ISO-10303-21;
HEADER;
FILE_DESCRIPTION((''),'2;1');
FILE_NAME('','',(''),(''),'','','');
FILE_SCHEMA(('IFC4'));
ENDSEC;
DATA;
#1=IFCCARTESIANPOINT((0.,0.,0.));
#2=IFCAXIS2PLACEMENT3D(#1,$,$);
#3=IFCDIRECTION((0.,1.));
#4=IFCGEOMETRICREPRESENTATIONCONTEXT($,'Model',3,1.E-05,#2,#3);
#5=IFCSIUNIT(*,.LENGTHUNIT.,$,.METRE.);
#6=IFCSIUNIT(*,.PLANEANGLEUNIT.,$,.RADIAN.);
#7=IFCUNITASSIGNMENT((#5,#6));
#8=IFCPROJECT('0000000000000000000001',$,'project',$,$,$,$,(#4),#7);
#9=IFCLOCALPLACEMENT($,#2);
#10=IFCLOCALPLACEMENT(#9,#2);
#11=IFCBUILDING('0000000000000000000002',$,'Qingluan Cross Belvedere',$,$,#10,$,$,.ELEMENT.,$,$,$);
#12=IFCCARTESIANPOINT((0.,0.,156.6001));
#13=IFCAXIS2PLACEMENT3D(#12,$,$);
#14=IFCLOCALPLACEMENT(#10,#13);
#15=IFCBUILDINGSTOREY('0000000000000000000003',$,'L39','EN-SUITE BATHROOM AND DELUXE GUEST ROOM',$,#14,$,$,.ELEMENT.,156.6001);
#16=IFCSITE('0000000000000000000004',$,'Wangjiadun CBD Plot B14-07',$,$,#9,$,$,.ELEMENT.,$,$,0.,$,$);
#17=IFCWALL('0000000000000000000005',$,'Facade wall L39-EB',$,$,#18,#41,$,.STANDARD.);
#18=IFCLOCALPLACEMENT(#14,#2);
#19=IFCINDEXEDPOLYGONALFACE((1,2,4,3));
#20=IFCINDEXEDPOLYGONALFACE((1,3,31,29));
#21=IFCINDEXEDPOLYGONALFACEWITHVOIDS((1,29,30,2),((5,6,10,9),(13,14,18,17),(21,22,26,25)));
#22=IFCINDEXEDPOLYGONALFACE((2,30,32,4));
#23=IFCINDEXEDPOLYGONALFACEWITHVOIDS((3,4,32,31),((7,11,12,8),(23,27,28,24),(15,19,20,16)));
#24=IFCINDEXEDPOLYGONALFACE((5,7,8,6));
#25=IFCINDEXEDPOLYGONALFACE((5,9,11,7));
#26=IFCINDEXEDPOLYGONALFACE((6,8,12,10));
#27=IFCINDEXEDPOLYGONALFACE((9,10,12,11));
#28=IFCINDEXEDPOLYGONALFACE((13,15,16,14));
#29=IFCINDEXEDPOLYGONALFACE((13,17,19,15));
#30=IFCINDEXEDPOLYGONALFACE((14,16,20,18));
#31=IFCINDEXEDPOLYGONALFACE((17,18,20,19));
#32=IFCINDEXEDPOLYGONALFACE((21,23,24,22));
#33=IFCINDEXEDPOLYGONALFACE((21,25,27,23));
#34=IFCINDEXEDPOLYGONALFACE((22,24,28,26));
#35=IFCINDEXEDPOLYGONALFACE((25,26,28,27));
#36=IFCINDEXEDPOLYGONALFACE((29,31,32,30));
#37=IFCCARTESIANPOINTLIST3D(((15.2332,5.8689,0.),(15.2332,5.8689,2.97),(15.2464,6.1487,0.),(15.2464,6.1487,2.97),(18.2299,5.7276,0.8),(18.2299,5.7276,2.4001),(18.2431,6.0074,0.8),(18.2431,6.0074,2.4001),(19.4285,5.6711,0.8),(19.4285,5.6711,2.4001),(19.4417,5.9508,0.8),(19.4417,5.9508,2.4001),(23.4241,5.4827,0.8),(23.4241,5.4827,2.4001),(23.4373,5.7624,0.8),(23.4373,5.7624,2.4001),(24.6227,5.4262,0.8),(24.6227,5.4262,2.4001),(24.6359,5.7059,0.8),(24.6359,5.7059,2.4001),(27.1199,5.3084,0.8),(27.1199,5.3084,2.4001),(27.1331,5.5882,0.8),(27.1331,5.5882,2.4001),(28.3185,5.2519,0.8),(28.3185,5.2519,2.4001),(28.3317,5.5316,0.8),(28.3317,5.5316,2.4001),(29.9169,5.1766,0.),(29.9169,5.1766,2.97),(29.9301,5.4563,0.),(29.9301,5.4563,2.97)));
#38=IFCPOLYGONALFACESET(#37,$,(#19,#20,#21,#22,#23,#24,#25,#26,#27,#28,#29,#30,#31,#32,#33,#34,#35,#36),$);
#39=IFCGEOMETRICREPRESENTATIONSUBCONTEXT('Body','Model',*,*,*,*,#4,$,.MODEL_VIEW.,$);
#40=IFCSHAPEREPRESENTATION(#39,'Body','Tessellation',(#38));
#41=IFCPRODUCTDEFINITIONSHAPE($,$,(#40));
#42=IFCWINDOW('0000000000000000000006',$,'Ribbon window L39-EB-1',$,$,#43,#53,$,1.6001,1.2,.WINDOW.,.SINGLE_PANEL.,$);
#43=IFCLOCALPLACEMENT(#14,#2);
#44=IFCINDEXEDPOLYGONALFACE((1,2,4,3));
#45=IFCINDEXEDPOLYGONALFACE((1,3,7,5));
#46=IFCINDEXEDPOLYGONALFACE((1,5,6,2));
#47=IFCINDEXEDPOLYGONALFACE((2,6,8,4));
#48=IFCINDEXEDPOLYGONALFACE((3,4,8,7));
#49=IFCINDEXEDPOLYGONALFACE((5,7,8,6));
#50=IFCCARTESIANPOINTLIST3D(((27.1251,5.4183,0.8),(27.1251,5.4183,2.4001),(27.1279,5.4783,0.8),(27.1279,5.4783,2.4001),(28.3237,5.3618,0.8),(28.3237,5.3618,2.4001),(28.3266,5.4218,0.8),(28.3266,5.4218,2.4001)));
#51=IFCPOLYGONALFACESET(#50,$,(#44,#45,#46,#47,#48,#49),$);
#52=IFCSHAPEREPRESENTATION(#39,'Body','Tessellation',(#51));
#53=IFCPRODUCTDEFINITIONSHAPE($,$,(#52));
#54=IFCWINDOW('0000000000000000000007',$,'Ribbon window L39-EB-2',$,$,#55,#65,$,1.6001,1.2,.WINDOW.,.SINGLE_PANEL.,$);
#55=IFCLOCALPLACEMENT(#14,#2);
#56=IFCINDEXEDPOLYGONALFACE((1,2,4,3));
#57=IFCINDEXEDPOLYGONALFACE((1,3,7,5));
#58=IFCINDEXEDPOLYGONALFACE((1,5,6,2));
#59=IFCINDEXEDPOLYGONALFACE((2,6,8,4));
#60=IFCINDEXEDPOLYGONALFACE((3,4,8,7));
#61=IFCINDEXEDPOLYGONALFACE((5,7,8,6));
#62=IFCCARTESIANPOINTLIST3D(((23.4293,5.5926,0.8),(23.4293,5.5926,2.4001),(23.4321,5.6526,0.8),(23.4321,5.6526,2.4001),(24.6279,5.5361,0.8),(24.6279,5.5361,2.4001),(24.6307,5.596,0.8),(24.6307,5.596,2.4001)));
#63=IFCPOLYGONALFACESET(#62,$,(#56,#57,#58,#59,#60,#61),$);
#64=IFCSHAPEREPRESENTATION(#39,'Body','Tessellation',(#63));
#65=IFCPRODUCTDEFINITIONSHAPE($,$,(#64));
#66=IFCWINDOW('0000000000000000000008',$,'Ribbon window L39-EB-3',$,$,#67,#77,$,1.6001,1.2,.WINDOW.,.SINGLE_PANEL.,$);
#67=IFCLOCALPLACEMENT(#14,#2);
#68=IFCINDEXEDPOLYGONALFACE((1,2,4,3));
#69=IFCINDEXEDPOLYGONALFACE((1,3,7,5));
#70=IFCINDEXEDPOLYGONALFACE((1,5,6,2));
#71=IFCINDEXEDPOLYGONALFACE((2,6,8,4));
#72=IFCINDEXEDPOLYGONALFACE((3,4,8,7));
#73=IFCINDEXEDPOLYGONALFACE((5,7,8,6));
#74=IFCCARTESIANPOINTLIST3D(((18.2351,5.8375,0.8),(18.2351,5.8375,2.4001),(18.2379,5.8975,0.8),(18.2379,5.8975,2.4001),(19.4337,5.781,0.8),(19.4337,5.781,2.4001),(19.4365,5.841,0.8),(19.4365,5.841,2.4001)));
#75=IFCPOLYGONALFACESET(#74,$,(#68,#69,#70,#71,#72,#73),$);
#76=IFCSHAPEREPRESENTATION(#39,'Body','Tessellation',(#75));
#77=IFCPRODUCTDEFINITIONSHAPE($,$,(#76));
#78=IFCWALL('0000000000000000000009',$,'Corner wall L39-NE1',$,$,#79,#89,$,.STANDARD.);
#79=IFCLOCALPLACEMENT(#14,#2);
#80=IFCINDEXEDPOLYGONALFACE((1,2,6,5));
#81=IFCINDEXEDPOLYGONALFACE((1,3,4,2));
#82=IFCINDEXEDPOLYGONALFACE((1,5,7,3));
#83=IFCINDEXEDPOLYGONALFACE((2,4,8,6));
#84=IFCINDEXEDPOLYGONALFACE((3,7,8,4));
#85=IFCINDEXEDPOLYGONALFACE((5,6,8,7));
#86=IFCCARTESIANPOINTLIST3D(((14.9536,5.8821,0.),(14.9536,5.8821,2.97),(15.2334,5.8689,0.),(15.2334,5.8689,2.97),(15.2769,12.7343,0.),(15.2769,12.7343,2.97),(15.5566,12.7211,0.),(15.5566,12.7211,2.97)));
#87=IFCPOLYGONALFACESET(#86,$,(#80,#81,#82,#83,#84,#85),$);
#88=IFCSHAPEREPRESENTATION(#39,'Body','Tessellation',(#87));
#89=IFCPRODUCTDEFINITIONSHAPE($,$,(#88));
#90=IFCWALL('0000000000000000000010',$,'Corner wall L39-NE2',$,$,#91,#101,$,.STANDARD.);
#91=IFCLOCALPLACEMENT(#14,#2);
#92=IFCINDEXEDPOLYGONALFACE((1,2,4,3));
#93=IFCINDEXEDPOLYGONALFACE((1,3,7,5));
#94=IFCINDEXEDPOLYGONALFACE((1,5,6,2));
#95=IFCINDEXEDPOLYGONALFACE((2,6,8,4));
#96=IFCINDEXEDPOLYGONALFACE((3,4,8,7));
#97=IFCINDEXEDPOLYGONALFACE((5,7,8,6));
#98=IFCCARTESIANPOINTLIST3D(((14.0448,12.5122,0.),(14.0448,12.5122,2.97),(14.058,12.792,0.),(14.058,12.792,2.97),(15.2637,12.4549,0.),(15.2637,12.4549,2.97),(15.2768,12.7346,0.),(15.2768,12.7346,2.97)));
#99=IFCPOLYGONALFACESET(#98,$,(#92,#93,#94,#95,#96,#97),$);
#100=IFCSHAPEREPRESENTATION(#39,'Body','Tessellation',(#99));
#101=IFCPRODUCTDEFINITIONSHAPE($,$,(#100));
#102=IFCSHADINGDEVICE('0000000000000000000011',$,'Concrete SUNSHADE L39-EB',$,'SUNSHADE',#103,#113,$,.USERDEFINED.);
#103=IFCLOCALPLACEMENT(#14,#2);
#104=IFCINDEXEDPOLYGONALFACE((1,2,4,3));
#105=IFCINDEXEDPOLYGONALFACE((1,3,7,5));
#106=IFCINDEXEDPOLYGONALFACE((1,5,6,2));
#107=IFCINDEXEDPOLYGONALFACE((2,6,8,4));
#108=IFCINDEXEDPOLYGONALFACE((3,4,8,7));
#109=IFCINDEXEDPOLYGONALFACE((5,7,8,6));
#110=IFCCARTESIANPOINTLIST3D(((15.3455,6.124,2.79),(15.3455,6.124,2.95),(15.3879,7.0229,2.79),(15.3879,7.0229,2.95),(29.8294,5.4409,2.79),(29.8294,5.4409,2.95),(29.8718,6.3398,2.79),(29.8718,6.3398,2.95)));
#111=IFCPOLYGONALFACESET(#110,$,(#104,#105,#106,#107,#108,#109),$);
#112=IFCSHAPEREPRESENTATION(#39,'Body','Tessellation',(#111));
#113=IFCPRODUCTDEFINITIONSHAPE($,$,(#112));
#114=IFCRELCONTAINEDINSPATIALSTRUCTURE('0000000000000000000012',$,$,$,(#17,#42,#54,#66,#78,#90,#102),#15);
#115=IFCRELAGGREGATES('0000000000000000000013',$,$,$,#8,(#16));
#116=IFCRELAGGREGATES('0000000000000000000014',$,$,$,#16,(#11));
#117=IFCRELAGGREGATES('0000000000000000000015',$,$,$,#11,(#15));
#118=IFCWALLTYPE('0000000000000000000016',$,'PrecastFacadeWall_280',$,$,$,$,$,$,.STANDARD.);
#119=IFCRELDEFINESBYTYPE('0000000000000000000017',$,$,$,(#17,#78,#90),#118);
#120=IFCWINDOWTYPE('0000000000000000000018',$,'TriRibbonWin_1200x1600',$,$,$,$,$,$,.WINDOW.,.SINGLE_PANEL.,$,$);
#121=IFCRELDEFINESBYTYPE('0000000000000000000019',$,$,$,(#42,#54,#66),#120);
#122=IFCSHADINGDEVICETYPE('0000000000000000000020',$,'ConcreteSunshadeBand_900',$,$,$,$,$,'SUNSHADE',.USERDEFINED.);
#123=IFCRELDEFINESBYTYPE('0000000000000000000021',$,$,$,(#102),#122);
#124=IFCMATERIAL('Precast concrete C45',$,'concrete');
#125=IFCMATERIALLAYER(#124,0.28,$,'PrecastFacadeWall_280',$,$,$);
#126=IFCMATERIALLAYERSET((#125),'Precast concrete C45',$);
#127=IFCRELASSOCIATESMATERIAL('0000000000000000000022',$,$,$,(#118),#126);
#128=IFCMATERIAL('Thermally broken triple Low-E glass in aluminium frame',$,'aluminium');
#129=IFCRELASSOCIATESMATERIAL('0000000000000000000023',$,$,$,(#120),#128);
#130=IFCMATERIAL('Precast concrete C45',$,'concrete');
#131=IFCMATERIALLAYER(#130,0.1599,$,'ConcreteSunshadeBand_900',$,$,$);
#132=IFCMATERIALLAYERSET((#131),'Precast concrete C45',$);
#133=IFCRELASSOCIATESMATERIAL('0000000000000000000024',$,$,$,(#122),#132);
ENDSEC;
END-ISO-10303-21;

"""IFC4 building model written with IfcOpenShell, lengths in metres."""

from ifc_helpers import new_model, si_unit, direction, frame, frame_2d, origin, origin_2d, place, context, subcontext, project, spatial, rectangle, extrude, material, layer, layer_set, type_object, element, fill, save


model = new_model("IFC4")

# Units and contexts
model_context = context("Model", 3, precision=1e-05, world=origin(), true_north=direction((0.0, 1.0)))
body_context = subcontext(model_context, "Body", "Model", "MODEL_VIEW")
ifc_project = project(units=[si_unit("LENGTHUNIT", "METRE"), si_unit("PLANEANGLEUNIT", "RADIAN")], contexts=[model_context])

# Site, building, storey
site_placement = place(None, origin())
site = spatial("IfcSite", under=ifc_project, at=site_placement, Name="Wangjiadun CBD Plot B14-07", CompositionType="ELEMENT", RefElevation=0.0)
building_placement = place(site_placement, origin())
building = spatial("IfcBuilding", under=site, at=building_placement, Name="Qingluan Cross Belvedere", CompositionType="ELEMENT")
storey_placement = place(building_placement, frame((0.0, 0.0, 156.6001)))
storey = spatial("IfcBuildingStorey", under=building, at=storey_placement, Name="L39", Description="EN-SUITE BATHROOM AND DELUXE GUEST ROOM", CompositionType="ELEMENT", Elevation=156.6001)

# Wall, openings, windows
ifc_material_1 = material(Name="Precast concrete C45", Category="concrete")
ifc_layer_1 = layer(ifc_material_1, 0.28, Name="PrecastFacadeWall_280")
ifc_layer_set_1 = layer_set([ifc_layer_1], Name="Precast concrete C45")
wall_type_1 = type_object("IfcWallType", Name="PrecastFacadeWall_280", PredefinedType="STANDARD", material=ifc_layer_set_1)
wall_1_placement = place(storey_placement, frame((29.9236, 5.3164, 0.0), z_axis=(0.0, 0.0, 1.0), x_axis=(-0.99889, 0.047101, 0.0)))
wall_1 = element("IfcWall", 1, at=wall_1_placement, inside=storey, type_object=wall_type_1, Name="Facade wall L39-EB", PredefinedType="STANDARD", context=body_context, shape_type="SweptSolid", body=[
    extrude(rectangle(XDim=14.7, YDim=0.28, at=frame_2d((7.3501, 0.0))), origin(), (0.0, 0.0, 1.0), 2.97),
])
opening_1_placement = place(wall_1_placement, frame((1.6001, 0.0, 0.8)))
opening_1 = element("IfcOpeningElement", 2, at=opening_1_placement, cuts=wall_1, PredefinedType="OPENING", context=body_context, shape_type="SweptSolid", body=[
    extrude(rectangle(XDim=1.2, YDim=1.6001, at=frame_2d((0.6001, 0.8))), frame((0.0, 0.1499, 0.0), z_axis=(0.0, -1.0, 0.0), x_axis=(1.0, 0.0, 0.0)), (0.0, 0.0, 1.0), 0.3),
])
opening_2_placement = place(wall_1_placement, frame((5.3, 0.0, 0.8)))
opening_2 = element("IfcOpeningElement", 3, at=opening_2_placement, cuts=wall_1, PredefinedType="OPENING", context=body_context, shape_type="SweptSolid", body=[
    extrude(rectangle(XDim=1.2, YDim=1.6001, at=frame_2d((0.6001, 0.8))), frame((0.0, 0.1499, 0.0), z_axis=(0.0, -1.0, 0.0), x_axis=(1.0, 0.0, 0.0)), (0.0, 0.0, 1.0), 0.3),
])
opening_3_placement = place(wall_1_placement, frame((10.5, 0.0, 0.8)))
opening_3 = element("IfcOpeningElement", 4, at=opening_3_placement, cuts=wall_1, PredefinedType="OPENING", context=body_context, shape_type="SweptSolid", body=[
    extrude(rectangle(XDim=1.2, YDim=1.6001, at=frame_2d((0.6001, 0.8))), frame((0.0, 0.1499, 0.0), z_axis=(0.0, -1.0, 0.0), x_axis=(1.0, 0.0, 0.0)), (0.0, 0.0, 1.0), 0.3),
])
ifc_material_2 = material(Name="Thermally broken triple Low-E glass in aluminium frame", Category="aluminium")
window_type = type_object("IfcWindowType", Name="TriRibbonWin_1200x1600", PartitioningType="SINGLE_PANEL", PredefinedType="WINDOW", material=ifc_material_2)
window_1_placement = place(opening_1_placement, origin())
window_1 = element("IfcWindow", 5, at=window_1_placement, inside=storey, type_object=window_type, Name="Ribbon window L39-EB-1", OverallHeight=1.6001, OverallWidth=1.2, PartitioningType="SINGLE_PANEL", PredefinedType="WINDOW", context=body_context, shape_type="SweptSolid", body=[
    extrude(rectangle(XDim=1.2, YDim=1.6001, at=frame_2d((0.6001, 0.8))), frame((0.0, 0.03, 0.0), z_axis=(0.0, -1.0, 0.0), x_axis=(1.0, 0.0, 0.0)), (0.0, 0.0, 1.0), 0.0601),
])
fill(opening_1, window_1)
window_2_placement = place(opening_2_placement, origin())
window_2 = element("IfcWindow", 6, at=window_2_placement, inside=storey, type_object=window_type, Name="Ribbon window L39-EB-2", OverallHeight=1.6001, OverallWidth=1.2, PartitioningType="SINGLE_PANEL", PredefinedType="WINDOW", context=body_context, shape_type="SweptSolid", body=[
    extrude(rectangle(XDim=1.2, YDim=1.6001, at=frame_2d((0.6001, 0.8))), frame((0.0, 0.03, 0.0), z_axis=(0.0, -1.0, 0.0), x_axis=(1.0, 0.0, 0.0)), (0.0, 0.0, 1.0), 0.0601),
])
fill(opening_2, window_2)
window_3_placement = place(opening_3_placement, origin())
window_3 = element("IfcWindow", 7, at=window_3_placement, inside=storey, type_object=window_type, Name="Ribbon window L39-EB-3", OverallHeight=1.6001, OverallWidth=1.2, PartitioningType="SINGLE_PANEL", PredefinedType="WINDOW", context=body_context, shape_type="SweptSolid", body=[
    extrude(rectangle(XDim=1.2, YDim=1.6001, at=frame_2d((0.6001, 0.8))), frame((0.0, 0.03, 0.0), z_axis=(0.0, -1.0, 0.0), x_axis=(1.0, 0.0, 0.0)), (0.0, 0.0, 1.0), 0.0601),
])
fill(opening_3, window_3)

# Walls
wall_2_placement = place(storey_placement, frame((15.0935, 5.8755, 0.0), z_axis=(0.0, 0.0, 1.0), x_axis=(0.04712, 0.998889, 0.0)))
element("IfcWall", 8, at=wall_2_placement, inside=storey, type_object=wall_type_1, Name="Corner wall L39-NE1", PredefinedType="STANDARD", context=body_context, shape_type="SweptSolid", body=[
    extrude(rectangle(XDim=6.8599, YDim=0.28, at=frame_2d((3.4299, 0.0))), origin(), (0.0, 0.0, 1.0), 2.97),
])
wall_3_placement = place(storey_placement, frame((15.2703, 12.5947, 0.0), z_axis=(0.0, 0.0, 1.0), x_axis=(-0.998894, 0.047023, 0.0)))
element("IfcWall", 9, at=wall_3_placement, inside=storey, type_object=wall_type_1, Name="Corner wall L39-NE2", PredefinedType="STANDARD", context=body_context, shape_type="SweptSolid", body=[
    extrude(rectangle(XDim=1.2202, YDim=0.28, at=frame_2d((0.6101, 0.0))), origin(), (0.0, 0.0, 1.0), 2.97),
])

# Shading device
ifc_material_3 = material(Name="Precast concrete C45", Category="concrete")
ifc_layer_2 = layer(ifc_material_3, 0.1599, Name="ConcreteSunshadeBand_900")
ifc_layer_set_2 = layer_set([ifc_layer_2], Name="Precast concrete C45")
shading_device_type = type_object("IfcShadingDeviceType", Name="ConcreteSunshadeBand_900", ElementType="SUNSHADE", PredefinedType="USERDEFINED", material=ifc_layer_set_2)
shading_device_placement = place(storey_placement, frame((22.6086, 6.2319, 2.79), z_axis=(0.0, 0.0, 1.0), x_axis=(-0.99889, 0.047109, 0.0)))
element("IfcShadingDevice", 10, at=shading_device_placement, inside=storey, type_object=shading_device_type, Name="Concrete SUNSHADE L39-EB", ObjectType="SUNSHADE", PredefinedType="USERDEFINED", context=body_context, shape_type="SweptSolid", body=[
    extrude(rectangle(XDim=14.5, YDim=0.8999, at=origin_2d()), origin(), (0.0, 0.0, 1.0), 0.1599),
])

save(model, "model.ifc")
